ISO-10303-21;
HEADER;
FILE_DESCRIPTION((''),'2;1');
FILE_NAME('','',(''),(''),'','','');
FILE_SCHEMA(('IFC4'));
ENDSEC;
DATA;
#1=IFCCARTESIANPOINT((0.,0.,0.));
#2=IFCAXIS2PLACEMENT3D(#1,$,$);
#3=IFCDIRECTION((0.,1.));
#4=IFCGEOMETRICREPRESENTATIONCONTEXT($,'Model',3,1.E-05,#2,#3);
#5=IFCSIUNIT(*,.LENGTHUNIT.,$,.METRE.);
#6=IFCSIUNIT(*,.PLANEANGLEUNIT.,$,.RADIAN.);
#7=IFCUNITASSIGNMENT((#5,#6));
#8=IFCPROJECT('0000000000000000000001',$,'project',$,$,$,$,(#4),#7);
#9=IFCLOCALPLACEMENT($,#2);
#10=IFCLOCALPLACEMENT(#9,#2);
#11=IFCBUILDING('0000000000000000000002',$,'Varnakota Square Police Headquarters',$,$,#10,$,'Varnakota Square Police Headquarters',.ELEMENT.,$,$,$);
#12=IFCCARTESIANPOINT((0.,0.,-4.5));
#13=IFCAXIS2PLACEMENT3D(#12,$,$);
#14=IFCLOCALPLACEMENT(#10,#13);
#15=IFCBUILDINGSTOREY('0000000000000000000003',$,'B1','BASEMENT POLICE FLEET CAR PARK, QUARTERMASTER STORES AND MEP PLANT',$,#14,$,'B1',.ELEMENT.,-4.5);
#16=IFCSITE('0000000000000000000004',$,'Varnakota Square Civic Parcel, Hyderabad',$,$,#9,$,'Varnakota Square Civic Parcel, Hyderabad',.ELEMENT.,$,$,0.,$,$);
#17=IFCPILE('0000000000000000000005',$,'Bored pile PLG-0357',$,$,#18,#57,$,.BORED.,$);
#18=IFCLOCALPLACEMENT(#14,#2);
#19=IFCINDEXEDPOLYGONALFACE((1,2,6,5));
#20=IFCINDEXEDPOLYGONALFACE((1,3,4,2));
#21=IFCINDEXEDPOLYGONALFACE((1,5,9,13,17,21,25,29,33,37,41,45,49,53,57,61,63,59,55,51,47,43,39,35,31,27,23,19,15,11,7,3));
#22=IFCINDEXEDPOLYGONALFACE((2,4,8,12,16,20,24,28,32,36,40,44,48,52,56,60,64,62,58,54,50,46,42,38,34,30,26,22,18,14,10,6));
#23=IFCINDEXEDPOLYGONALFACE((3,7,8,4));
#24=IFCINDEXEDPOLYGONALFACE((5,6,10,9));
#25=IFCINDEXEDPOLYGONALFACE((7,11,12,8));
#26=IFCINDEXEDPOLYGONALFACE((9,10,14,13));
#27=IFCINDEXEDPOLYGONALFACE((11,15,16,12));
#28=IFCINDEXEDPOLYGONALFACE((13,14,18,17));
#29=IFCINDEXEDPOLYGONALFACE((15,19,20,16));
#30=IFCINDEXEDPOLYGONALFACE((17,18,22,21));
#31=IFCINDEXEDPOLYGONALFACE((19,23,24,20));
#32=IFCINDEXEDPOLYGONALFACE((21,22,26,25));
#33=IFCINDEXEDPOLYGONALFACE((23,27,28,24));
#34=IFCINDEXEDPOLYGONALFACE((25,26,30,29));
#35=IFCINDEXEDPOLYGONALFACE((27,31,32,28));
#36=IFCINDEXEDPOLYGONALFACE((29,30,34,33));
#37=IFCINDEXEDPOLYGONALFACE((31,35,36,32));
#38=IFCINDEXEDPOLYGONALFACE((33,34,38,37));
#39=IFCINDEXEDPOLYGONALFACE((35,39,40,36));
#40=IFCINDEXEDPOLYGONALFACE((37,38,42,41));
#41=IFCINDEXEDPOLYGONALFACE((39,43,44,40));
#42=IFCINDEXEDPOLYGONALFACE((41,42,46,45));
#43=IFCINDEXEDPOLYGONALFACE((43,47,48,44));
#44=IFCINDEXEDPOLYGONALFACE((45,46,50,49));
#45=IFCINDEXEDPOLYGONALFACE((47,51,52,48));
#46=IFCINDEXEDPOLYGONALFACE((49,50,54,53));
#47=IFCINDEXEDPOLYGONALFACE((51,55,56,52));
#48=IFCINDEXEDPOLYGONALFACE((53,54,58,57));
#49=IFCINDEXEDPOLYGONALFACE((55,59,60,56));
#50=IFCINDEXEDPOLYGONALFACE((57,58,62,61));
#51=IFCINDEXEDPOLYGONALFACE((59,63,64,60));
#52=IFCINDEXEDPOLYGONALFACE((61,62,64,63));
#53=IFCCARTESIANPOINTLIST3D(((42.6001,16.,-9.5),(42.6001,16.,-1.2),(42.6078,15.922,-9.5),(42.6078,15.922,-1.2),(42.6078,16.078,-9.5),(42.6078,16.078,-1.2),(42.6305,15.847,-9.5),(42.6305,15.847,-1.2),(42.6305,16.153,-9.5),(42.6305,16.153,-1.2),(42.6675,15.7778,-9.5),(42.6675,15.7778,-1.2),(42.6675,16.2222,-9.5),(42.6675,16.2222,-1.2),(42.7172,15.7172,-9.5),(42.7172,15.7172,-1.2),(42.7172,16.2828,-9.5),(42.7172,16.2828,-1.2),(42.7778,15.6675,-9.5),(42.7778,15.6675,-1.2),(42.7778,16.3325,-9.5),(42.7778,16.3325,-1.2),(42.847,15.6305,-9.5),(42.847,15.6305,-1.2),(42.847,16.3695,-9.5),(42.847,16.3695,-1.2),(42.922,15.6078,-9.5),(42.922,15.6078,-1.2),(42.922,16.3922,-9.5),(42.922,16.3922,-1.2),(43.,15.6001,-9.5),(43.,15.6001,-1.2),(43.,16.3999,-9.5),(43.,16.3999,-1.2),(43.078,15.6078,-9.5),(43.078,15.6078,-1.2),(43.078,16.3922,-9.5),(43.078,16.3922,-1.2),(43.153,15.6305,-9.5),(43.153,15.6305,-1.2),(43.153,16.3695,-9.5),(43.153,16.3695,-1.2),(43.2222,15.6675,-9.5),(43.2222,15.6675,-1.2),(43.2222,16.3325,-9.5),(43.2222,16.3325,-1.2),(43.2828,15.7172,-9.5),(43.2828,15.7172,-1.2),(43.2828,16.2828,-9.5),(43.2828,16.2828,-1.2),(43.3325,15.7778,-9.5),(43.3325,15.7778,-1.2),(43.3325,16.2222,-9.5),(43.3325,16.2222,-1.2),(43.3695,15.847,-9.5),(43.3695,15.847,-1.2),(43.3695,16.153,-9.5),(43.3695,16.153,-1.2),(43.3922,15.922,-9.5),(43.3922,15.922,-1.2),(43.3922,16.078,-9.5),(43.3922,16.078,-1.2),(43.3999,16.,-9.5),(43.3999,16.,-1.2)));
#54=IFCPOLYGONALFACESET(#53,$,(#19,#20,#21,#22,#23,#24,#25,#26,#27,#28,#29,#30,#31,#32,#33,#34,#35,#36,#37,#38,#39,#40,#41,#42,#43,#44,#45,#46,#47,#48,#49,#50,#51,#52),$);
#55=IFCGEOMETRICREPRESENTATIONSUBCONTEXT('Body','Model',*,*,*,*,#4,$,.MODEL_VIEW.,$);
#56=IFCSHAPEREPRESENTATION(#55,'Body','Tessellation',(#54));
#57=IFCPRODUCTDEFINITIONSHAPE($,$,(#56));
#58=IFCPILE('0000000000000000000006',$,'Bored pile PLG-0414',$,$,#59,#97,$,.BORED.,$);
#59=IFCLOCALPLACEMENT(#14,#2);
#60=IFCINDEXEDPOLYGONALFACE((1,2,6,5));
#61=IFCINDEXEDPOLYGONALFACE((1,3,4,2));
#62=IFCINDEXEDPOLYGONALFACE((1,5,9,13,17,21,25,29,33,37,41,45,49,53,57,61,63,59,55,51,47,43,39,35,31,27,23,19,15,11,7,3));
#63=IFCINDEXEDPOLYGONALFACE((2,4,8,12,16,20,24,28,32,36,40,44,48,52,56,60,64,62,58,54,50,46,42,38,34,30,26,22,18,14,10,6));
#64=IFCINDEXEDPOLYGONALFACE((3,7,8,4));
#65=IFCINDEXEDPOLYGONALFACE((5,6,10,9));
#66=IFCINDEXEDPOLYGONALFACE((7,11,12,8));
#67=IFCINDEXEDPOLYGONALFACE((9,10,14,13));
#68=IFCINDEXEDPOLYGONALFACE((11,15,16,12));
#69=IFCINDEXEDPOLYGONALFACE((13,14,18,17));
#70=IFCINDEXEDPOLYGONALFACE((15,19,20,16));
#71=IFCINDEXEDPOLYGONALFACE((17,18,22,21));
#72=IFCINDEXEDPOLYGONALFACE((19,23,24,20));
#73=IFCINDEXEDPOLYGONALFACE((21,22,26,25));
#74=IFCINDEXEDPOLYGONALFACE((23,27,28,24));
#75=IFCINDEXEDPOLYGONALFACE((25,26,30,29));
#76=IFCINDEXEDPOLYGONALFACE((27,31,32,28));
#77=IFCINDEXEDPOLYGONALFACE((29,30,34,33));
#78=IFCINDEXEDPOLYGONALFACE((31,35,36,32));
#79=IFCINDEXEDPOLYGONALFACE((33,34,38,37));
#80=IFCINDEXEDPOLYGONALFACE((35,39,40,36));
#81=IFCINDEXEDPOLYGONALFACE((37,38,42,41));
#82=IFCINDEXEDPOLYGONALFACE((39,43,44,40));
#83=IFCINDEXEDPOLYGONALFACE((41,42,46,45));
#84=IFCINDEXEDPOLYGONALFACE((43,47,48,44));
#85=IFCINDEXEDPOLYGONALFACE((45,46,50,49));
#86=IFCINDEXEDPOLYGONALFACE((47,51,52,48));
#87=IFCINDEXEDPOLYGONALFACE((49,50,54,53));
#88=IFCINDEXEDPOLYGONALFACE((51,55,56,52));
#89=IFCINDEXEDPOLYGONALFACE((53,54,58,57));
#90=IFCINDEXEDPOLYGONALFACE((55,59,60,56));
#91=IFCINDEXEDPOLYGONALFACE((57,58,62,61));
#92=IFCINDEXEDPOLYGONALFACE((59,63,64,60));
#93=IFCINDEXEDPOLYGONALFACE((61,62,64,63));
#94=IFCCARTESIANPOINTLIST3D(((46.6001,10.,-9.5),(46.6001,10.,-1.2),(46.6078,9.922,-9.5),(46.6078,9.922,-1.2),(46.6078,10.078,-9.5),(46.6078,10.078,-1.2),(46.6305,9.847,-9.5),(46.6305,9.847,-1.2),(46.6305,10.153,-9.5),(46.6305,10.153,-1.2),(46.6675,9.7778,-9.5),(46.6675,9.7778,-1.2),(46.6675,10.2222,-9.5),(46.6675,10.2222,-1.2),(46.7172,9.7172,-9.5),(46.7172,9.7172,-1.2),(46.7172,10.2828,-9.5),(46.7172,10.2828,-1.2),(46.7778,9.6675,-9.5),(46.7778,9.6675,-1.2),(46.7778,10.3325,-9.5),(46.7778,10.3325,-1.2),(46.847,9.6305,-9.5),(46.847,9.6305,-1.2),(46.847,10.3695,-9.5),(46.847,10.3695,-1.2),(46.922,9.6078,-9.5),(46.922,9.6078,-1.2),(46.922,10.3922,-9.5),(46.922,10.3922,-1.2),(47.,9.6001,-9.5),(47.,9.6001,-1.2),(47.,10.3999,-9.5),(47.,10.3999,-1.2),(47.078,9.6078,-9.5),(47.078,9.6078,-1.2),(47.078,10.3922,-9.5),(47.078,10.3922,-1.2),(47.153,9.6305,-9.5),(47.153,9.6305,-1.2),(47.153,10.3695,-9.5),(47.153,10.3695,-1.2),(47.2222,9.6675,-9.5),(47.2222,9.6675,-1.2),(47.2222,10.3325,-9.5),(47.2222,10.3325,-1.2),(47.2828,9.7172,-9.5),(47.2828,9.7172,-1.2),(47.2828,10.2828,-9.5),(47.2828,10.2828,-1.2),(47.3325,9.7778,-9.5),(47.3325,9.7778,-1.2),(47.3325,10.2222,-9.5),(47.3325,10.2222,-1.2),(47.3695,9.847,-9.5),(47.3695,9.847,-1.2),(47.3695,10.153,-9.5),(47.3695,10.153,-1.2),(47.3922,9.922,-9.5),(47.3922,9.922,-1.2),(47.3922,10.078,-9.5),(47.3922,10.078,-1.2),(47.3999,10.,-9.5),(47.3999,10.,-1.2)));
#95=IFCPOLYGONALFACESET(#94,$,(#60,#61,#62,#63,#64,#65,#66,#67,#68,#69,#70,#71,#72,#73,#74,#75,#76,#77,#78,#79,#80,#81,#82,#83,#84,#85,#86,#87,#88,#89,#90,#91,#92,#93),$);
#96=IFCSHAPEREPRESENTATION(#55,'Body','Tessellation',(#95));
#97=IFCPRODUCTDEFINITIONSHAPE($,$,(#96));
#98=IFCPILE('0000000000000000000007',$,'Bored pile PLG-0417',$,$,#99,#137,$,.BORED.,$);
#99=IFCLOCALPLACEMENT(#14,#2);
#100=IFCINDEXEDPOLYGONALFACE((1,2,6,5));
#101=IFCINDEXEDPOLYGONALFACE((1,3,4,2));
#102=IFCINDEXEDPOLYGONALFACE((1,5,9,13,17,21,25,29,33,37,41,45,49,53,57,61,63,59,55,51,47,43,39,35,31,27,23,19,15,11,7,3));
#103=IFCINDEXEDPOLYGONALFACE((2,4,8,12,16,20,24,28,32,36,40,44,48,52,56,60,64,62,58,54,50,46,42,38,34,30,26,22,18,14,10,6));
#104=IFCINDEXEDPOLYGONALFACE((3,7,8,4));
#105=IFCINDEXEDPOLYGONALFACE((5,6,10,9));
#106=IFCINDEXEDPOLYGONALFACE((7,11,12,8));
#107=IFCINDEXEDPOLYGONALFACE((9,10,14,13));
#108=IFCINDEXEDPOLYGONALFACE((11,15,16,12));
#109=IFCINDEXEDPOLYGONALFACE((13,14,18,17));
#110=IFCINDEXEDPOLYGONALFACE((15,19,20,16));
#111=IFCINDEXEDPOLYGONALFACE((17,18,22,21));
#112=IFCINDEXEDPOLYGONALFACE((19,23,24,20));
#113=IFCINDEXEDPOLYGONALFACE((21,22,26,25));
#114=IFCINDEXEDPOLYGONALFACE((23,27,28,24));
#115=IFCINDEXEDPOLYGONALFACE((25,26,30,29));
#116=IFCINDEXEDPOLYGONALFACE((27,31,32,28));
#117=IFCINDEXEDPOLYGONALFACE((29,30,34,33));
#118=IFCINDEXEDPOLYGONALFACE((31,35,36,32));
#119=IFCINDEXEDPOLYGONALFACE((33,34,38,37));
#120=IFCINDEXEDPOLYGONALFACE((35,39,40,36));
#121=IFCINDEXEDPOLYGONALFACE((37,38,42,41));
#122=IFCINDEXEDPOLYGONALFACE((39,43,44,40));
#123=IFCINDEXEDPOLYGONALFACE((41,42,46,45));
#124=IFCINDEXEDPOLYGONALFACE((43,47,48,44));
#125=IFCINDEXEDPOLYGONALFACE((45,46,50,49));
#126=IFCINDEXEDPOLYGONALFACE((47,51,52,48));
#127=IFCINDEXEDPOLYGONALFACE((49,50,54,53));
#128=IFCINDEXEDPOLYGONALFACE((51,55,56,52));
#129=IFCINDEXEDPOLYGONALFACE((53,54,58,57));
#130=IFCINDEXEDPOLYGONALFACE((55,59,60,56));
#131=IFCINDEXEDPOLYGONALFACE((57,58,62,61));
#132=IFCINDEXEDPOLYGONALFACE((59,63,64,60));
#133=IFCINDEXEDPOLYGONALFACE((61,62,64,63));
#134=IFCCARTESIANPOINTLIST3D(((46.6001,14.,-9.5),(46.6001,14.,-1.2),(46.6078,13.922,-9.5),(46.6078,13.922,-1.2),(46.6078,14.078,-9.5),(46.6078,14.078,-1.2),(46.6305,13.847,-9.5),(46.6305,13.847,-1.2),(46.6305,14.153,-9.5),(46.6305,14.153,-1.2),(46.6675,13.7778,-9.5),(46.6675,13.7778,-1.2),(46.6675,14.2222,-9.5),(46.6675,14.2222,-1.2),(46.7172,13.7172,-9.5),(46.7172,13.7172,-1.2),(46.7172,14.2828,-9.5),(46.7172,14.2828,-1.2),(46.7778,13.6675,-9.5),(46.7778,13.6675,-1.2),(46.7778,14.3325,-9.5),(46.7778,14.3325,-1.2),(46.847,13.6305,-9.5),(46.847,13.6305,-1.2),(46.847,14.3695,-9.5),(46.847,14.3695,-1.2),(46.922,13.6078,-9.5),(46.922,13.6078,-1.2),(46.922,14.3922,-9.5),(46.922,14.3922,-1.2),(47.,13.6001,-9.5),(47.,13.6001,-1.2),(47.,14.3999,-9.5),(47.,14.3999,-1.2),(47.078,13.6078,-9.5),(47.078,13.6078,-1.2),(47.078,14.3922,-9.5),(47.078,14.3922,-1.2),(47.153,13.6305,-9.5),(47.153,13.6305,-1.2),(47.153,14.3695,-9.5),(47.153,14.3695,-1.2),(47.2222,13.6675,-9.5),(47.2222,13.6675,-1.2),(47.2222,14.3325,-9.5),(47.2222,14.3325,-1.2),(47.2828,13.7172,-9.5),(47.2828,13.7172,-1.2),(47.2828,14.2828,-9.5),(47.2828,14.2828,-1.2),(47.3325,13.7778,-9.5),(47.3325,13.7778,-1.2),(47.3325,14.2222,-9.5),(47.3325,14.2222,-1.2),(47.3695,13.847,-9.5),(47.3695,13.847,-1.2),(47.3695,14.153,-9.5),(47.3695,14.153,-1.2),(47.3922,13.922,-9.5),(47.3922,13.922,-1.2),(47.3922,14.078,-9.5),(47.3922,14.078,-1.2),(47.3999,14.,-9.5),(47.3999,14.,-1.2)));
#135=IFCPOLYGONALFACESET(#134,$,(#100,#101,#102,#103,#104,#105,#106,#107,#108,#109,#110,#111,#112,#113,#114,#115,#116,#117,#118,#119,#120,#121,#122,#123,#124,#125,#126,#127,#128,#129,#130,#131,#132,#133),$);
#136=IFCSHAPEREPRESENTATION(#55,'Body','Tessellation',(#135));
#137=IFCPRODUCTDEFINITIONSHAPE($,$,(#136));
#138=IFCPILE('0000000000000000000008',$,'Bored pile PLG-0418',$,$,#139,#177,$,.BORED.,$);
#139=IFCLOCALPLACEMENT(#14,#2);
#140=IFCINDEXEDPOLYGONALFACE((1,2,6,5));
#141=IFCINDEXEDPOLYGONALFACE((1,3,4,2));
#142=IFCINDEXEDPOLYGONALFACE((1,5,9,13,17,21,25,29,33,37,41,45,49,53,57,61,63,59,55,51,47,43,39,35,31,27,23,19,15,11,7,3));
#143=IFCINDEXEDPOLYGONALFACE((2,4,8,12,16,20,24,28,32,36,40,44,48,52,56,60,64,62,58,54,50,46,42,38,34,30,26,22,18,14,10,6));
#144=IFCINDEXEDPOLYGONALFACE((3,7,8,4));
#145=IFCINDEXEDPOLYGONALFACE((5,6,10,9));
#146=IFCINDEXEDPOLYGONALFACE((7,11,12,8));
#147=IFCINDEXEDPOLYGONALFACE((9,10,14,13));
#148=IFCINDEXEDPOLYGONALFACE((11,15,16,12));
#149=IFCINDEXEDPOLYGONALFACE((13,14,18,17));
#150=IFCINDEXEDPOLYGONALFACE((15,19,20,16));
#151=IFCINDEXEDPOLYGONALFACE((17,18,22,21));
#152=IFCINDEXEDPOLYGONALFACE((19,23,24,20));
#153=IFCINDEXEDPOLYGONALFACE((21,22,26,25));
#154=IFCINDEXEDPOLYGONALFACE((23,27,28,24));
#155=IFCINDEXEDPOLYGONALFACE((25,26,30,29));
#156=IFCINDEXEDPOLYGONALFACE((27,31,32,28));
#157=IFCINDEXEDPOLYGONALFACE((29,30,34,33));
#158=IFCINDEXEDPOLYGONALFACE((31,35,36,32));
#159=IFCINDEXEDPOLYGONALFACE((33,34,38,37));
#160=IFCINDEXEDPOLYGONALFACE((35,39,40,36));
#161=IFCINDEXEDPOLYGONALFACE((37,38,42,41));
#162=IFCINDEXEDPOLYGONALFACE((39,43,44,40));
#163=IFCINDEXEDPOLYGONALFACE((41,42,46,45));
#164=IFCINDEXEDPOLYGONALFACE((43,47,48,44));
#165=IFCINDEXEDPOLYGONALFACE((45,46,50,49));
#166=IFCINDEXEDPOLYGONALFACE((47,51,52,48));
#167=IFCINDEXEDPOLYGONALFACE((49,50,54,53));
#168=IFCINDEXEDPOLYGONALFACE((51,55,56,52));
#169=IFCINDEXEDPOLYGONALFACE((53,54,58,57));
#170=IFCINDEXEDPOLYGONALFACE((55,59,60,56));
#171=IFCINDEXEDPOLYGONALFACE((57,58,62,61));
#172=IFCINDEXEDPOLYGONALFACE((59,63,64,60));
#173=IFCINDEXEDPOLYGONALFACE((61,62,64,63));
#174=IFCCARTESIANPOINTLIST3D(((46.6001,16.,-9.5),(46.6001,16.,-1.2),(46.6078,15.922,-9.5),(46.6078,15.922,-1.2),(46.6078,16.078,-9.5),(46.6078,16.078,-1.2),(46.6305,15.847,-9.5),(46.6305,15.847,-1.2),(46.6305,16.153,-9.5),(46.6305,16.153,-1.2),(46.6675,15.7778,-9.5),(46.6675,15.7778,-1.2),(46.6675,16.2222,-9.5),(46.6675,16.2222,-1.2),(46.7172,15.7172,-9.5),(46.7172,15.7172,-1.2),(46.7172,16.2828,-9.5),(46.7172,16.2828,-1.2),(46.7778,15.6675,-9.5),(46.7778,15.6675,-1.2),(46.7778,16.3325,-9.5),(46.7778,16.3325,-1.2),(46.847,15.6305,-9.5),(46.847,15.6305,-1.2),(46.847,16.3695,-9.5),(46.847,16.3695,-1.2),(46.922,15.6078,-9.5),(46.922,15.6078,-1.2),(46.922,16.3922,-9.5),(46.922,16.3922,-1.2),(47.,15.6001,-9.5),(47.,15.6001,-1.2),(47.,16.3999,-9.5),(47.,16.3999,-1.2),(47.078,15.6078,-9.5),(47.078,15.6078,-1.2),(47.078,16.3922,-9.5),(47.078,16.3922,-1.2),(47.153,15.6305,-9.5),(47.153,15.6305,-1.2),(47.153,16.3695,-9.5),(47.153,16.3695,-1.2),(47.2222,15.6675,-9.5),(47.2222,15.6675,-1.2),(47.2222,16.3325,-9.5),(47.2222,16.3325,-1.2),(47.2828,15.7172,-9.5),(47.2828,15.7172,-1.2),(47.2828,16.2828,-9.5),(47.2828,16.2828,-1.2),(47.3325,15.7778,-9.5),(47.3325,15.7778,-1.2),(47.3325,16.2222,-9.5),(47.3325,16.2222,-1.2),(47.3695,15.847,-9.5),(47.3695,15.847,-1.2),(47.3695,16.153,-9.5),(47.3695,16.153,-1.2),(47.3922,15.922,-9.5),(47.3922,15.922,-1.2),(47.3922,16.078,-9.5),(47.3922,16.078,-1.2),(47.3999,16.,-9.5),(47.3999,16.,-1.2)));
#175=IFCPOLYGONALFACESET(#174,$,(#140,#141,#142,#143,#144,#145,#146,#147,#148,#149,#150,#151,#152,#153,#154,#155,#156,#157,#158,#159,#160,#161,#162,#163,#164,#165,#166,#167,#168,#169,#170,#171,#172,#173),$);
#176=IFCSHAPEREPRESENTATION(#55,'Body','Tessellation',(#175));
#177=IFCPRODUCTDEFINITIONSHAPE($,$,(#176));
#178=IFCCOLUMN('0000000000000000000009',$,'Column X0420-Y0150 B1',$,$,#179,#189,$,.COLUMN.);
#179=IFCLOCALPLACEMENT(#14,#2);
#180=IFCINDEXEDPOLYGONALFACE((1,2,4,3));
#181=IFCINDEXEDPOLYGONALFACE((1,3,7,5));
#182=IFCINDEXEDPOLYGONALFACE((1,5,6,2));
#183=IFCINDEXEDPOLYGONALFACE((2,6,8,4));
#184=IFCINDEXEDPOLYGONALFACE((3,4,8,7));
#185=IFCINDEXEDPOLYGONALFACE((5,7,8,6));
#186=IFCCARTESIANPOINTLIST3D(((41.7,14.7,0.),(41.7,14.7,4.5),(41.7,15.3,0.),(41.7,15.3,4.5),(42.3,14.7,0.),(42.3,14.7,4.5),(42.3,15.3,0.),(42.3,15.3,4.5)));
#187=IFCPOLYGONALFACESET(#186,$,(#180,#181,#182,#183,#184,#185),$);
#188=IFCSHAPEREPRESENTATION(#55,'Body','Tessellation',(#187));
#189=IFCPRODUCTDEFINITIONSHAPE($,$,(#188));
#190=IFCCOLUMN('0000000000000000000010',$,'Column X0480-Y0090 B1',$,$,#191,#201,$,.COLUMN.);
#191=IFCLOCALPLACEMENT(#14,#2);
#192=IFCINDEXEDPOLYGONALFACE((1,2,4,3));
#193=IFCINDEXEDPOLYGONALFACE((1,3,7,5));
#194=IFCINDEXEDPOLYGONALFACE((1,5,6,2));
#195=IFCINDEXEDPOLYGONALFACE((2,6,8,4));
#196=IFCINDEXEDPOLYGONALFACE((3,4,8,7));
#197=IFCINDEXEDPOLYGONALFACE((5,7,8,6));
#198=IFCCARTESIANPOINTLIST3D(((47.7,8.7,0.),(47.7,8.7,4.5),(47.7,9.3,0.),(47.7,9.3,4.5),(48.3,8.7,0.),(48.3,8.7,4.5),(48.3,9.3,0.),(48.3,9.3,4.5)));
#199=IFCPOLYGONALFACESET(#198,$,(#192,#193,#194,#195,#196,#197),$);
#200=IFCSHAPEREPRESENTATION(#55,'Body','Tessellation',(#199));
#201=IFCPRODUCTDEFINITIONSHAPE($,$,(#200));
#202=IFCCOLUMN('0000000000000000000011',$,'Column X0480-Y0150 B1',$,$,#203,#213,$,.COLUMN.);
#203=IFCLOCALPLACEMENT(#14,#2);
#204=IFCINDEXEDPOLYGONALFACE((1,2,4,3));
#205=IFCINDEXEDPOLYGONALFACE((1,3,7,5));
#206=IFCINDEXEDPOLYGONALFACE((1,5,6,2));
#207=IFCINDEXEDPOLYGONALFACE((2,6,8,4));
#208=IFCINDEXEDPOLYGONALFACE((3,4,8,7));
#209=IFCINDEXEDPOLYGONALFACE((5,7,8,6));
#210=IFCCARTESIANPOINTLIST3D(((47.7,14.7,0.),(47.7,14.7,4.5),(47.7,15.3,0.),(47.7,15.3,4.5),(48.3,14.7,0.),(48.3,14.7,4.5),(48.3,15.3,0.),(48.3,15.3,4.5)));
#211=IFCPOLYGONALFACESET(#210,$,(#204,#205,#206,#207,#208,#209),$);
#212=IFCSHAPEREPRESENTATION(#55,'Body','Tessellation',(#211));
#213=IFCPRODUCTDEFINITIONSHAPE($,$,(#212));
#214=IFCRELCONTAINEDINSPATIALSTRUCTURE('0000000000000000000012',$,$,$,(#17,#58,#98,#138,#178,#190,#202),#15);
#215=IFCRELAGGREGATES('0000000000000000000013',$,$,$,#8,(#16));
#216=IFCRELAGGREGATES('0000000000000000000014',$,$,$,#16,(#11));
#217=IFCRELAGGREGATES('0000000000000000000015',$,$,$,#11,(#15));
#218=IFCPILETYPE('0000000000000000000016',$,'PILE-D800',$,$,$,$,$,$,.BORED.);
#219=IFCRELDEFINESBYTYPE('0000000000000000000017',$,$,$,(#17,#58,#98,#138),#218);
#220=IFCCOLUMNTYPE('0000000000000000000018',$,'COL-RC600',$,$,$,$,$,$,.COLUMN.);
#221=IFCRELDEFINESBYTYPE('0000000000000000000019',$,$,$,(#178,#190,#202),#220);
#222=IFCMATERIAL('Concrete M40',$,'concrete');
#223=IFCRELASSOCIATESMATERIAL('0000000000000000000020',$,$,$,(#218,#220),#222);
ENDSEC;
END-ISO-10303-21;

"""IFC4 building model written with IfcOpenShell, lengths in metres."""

from ifc_helpers import new_model, si_unit, direction, frame, origin, origin_2d, place, context, subcontext, project, spatial, rectangle, circle, extrude, material, material_profile, profile_set, type_object, element, save


model = new_model("IFC4")

# Units and contexts
model_context = context("Model", 3, precision=1e-05, world=origin(), true_north=direction((0.0, 1.0)))
body_context = subcontext(model_context, "Body", "Model", "MODEL_VIEW")
ifc_project = project(units=[si_unit("LENGTHUNIT", "METRE"), si_unit("PLANEANGLEUNIT", "RADIAN")], contexts=[model_context])

# Site, building, storey
site_placement = place(None, origin())
site = spatial("IfcSite", under=ifc_project, at=site_placement, Name="Varnakota Square Civic Parcel, Hyderabad", LongName="Varnakota Square Civic Parcel, Hyderabad", CompositionType="ELEMENT", RefElevation=0.0)
building_placement = place(site_placement, origin())
building = spatial("IfcBuilding", under=site, at=building_placement, Name="Varnakota Square Police Headquarters", LongName="Varnakota Square Police Headquarters", CompositionType="ELEMENT")
storey_placement = place(building_placement, frame((0.0, 0.0, -4.5)))
storey = spatial("IfcBuildingStorey", under=building, at=storey_placement, Name="B1", Description="BASEMENT POLICE FLEET CAR PARK, QUARTERMASTER STORES AND MEP PLANT", LongName="B1", CompositionType="ELEMENT", Elevation=-4.5)

# Shared definitions
ifc_material_1 = material(Name="Concrete M40", Category="concrete")

# Piles
ifc_material_profile_1 = material_profile(ifc_material_1, circle(Radius=0.3999, at=origin_2d()), Name="BORED PILE 800")
ifc_profile_set_1 = profile_set([ifc_material_profile_1], Name="Concrete M40")
pile_type = type_object("IfcPileType", Name="PILE-D800", PredefinedType="BORED", material=ifc_profile_set_1)
for number, where, z_axis, x_axis, name in (
    (1, (43.0, 16.0, -1.2), (0.0, 0.0, -1.0), (1.0, 0.0, 0.0), "Bored pile PLG-0357"),
    (2, (47.0, 10.0, -1.2), (0.0, 0.0, -1.0), (1.0, 0.0, 0.0), "Bored pile PLG-0414"),
    (3, (47.0, 14.0, -1.2), (0.0, 0.0, -1.0), (1.0, 0.0, 0.0), "Bored pile PLG-0417"),
    (4, (47.0, 16.0, -1.2), (0.0, 0.0, -1.0), (1.0, 0.0, 0.0), "Bored pile PLG-0418"),
):
    element("IfcPile", number, at=place(storey_placement, frame(where, z_axis=z_axis, x_axis=x_axis)), inside=storey, type_object=pile_type, Name=name, PredefinedType="BORED", context=body_context, shape_type="SweptSolid", body=[
        extrude(circle(Radius=0.3999, at=origin_2d()), origin(), (0.0, 0.0, 1.0), 8.3),
    ])

# Columns
ifc_material_profile_2 = material_profile(ifc_material_1, rectangle(XDim=0.6001, YDim=0.6001, at=origin_2d()), Name="RC 600x600")
ifc_profile_set_2 = profile_set([ifc_material_profile_2], Name="Concrete M40")
column_type = type_object("IfcColumnType", Name="COL-RC600", PredefinedType="COLUMN", material=ifc_profile_set_2)
for number, where, z_axis, x_axis, name in (
    (5, (42.0, 15.0, 0.0), (0.0, 0.0, 1.0), (1.0, 0.0, 0.0), "Column X0420-Y0150 B1"),
    (6, (48.0, 9.0, 0.0), (0.0, 0.0, 1.0), (1.0, 0.0, 0.0), "Column X0480-Y0090 B1"),
    (7, (48.0, 15.0, 0.0), (0.0, 0.0, 1.0), (1.0, 0.0, 0.0), "Column X0480-Y0150 B1"),
):
    element("IfcColumn", number, at=place(storey_placement, frame(where, z_axis=z_axis, x_axis=x_axis)), inside=storey, type_object=column_type, Name=name, PredefinedType="COLUMN", context=body_context, shape_type="SweptSolid", body=[
        extrude(rectangle(XDim=0.6001, YDim=0.6001, at=origin_2d()), origin(), (0.0, 0.0, 1.0), 4.5),
    ])

save(model, "model.ifc")
